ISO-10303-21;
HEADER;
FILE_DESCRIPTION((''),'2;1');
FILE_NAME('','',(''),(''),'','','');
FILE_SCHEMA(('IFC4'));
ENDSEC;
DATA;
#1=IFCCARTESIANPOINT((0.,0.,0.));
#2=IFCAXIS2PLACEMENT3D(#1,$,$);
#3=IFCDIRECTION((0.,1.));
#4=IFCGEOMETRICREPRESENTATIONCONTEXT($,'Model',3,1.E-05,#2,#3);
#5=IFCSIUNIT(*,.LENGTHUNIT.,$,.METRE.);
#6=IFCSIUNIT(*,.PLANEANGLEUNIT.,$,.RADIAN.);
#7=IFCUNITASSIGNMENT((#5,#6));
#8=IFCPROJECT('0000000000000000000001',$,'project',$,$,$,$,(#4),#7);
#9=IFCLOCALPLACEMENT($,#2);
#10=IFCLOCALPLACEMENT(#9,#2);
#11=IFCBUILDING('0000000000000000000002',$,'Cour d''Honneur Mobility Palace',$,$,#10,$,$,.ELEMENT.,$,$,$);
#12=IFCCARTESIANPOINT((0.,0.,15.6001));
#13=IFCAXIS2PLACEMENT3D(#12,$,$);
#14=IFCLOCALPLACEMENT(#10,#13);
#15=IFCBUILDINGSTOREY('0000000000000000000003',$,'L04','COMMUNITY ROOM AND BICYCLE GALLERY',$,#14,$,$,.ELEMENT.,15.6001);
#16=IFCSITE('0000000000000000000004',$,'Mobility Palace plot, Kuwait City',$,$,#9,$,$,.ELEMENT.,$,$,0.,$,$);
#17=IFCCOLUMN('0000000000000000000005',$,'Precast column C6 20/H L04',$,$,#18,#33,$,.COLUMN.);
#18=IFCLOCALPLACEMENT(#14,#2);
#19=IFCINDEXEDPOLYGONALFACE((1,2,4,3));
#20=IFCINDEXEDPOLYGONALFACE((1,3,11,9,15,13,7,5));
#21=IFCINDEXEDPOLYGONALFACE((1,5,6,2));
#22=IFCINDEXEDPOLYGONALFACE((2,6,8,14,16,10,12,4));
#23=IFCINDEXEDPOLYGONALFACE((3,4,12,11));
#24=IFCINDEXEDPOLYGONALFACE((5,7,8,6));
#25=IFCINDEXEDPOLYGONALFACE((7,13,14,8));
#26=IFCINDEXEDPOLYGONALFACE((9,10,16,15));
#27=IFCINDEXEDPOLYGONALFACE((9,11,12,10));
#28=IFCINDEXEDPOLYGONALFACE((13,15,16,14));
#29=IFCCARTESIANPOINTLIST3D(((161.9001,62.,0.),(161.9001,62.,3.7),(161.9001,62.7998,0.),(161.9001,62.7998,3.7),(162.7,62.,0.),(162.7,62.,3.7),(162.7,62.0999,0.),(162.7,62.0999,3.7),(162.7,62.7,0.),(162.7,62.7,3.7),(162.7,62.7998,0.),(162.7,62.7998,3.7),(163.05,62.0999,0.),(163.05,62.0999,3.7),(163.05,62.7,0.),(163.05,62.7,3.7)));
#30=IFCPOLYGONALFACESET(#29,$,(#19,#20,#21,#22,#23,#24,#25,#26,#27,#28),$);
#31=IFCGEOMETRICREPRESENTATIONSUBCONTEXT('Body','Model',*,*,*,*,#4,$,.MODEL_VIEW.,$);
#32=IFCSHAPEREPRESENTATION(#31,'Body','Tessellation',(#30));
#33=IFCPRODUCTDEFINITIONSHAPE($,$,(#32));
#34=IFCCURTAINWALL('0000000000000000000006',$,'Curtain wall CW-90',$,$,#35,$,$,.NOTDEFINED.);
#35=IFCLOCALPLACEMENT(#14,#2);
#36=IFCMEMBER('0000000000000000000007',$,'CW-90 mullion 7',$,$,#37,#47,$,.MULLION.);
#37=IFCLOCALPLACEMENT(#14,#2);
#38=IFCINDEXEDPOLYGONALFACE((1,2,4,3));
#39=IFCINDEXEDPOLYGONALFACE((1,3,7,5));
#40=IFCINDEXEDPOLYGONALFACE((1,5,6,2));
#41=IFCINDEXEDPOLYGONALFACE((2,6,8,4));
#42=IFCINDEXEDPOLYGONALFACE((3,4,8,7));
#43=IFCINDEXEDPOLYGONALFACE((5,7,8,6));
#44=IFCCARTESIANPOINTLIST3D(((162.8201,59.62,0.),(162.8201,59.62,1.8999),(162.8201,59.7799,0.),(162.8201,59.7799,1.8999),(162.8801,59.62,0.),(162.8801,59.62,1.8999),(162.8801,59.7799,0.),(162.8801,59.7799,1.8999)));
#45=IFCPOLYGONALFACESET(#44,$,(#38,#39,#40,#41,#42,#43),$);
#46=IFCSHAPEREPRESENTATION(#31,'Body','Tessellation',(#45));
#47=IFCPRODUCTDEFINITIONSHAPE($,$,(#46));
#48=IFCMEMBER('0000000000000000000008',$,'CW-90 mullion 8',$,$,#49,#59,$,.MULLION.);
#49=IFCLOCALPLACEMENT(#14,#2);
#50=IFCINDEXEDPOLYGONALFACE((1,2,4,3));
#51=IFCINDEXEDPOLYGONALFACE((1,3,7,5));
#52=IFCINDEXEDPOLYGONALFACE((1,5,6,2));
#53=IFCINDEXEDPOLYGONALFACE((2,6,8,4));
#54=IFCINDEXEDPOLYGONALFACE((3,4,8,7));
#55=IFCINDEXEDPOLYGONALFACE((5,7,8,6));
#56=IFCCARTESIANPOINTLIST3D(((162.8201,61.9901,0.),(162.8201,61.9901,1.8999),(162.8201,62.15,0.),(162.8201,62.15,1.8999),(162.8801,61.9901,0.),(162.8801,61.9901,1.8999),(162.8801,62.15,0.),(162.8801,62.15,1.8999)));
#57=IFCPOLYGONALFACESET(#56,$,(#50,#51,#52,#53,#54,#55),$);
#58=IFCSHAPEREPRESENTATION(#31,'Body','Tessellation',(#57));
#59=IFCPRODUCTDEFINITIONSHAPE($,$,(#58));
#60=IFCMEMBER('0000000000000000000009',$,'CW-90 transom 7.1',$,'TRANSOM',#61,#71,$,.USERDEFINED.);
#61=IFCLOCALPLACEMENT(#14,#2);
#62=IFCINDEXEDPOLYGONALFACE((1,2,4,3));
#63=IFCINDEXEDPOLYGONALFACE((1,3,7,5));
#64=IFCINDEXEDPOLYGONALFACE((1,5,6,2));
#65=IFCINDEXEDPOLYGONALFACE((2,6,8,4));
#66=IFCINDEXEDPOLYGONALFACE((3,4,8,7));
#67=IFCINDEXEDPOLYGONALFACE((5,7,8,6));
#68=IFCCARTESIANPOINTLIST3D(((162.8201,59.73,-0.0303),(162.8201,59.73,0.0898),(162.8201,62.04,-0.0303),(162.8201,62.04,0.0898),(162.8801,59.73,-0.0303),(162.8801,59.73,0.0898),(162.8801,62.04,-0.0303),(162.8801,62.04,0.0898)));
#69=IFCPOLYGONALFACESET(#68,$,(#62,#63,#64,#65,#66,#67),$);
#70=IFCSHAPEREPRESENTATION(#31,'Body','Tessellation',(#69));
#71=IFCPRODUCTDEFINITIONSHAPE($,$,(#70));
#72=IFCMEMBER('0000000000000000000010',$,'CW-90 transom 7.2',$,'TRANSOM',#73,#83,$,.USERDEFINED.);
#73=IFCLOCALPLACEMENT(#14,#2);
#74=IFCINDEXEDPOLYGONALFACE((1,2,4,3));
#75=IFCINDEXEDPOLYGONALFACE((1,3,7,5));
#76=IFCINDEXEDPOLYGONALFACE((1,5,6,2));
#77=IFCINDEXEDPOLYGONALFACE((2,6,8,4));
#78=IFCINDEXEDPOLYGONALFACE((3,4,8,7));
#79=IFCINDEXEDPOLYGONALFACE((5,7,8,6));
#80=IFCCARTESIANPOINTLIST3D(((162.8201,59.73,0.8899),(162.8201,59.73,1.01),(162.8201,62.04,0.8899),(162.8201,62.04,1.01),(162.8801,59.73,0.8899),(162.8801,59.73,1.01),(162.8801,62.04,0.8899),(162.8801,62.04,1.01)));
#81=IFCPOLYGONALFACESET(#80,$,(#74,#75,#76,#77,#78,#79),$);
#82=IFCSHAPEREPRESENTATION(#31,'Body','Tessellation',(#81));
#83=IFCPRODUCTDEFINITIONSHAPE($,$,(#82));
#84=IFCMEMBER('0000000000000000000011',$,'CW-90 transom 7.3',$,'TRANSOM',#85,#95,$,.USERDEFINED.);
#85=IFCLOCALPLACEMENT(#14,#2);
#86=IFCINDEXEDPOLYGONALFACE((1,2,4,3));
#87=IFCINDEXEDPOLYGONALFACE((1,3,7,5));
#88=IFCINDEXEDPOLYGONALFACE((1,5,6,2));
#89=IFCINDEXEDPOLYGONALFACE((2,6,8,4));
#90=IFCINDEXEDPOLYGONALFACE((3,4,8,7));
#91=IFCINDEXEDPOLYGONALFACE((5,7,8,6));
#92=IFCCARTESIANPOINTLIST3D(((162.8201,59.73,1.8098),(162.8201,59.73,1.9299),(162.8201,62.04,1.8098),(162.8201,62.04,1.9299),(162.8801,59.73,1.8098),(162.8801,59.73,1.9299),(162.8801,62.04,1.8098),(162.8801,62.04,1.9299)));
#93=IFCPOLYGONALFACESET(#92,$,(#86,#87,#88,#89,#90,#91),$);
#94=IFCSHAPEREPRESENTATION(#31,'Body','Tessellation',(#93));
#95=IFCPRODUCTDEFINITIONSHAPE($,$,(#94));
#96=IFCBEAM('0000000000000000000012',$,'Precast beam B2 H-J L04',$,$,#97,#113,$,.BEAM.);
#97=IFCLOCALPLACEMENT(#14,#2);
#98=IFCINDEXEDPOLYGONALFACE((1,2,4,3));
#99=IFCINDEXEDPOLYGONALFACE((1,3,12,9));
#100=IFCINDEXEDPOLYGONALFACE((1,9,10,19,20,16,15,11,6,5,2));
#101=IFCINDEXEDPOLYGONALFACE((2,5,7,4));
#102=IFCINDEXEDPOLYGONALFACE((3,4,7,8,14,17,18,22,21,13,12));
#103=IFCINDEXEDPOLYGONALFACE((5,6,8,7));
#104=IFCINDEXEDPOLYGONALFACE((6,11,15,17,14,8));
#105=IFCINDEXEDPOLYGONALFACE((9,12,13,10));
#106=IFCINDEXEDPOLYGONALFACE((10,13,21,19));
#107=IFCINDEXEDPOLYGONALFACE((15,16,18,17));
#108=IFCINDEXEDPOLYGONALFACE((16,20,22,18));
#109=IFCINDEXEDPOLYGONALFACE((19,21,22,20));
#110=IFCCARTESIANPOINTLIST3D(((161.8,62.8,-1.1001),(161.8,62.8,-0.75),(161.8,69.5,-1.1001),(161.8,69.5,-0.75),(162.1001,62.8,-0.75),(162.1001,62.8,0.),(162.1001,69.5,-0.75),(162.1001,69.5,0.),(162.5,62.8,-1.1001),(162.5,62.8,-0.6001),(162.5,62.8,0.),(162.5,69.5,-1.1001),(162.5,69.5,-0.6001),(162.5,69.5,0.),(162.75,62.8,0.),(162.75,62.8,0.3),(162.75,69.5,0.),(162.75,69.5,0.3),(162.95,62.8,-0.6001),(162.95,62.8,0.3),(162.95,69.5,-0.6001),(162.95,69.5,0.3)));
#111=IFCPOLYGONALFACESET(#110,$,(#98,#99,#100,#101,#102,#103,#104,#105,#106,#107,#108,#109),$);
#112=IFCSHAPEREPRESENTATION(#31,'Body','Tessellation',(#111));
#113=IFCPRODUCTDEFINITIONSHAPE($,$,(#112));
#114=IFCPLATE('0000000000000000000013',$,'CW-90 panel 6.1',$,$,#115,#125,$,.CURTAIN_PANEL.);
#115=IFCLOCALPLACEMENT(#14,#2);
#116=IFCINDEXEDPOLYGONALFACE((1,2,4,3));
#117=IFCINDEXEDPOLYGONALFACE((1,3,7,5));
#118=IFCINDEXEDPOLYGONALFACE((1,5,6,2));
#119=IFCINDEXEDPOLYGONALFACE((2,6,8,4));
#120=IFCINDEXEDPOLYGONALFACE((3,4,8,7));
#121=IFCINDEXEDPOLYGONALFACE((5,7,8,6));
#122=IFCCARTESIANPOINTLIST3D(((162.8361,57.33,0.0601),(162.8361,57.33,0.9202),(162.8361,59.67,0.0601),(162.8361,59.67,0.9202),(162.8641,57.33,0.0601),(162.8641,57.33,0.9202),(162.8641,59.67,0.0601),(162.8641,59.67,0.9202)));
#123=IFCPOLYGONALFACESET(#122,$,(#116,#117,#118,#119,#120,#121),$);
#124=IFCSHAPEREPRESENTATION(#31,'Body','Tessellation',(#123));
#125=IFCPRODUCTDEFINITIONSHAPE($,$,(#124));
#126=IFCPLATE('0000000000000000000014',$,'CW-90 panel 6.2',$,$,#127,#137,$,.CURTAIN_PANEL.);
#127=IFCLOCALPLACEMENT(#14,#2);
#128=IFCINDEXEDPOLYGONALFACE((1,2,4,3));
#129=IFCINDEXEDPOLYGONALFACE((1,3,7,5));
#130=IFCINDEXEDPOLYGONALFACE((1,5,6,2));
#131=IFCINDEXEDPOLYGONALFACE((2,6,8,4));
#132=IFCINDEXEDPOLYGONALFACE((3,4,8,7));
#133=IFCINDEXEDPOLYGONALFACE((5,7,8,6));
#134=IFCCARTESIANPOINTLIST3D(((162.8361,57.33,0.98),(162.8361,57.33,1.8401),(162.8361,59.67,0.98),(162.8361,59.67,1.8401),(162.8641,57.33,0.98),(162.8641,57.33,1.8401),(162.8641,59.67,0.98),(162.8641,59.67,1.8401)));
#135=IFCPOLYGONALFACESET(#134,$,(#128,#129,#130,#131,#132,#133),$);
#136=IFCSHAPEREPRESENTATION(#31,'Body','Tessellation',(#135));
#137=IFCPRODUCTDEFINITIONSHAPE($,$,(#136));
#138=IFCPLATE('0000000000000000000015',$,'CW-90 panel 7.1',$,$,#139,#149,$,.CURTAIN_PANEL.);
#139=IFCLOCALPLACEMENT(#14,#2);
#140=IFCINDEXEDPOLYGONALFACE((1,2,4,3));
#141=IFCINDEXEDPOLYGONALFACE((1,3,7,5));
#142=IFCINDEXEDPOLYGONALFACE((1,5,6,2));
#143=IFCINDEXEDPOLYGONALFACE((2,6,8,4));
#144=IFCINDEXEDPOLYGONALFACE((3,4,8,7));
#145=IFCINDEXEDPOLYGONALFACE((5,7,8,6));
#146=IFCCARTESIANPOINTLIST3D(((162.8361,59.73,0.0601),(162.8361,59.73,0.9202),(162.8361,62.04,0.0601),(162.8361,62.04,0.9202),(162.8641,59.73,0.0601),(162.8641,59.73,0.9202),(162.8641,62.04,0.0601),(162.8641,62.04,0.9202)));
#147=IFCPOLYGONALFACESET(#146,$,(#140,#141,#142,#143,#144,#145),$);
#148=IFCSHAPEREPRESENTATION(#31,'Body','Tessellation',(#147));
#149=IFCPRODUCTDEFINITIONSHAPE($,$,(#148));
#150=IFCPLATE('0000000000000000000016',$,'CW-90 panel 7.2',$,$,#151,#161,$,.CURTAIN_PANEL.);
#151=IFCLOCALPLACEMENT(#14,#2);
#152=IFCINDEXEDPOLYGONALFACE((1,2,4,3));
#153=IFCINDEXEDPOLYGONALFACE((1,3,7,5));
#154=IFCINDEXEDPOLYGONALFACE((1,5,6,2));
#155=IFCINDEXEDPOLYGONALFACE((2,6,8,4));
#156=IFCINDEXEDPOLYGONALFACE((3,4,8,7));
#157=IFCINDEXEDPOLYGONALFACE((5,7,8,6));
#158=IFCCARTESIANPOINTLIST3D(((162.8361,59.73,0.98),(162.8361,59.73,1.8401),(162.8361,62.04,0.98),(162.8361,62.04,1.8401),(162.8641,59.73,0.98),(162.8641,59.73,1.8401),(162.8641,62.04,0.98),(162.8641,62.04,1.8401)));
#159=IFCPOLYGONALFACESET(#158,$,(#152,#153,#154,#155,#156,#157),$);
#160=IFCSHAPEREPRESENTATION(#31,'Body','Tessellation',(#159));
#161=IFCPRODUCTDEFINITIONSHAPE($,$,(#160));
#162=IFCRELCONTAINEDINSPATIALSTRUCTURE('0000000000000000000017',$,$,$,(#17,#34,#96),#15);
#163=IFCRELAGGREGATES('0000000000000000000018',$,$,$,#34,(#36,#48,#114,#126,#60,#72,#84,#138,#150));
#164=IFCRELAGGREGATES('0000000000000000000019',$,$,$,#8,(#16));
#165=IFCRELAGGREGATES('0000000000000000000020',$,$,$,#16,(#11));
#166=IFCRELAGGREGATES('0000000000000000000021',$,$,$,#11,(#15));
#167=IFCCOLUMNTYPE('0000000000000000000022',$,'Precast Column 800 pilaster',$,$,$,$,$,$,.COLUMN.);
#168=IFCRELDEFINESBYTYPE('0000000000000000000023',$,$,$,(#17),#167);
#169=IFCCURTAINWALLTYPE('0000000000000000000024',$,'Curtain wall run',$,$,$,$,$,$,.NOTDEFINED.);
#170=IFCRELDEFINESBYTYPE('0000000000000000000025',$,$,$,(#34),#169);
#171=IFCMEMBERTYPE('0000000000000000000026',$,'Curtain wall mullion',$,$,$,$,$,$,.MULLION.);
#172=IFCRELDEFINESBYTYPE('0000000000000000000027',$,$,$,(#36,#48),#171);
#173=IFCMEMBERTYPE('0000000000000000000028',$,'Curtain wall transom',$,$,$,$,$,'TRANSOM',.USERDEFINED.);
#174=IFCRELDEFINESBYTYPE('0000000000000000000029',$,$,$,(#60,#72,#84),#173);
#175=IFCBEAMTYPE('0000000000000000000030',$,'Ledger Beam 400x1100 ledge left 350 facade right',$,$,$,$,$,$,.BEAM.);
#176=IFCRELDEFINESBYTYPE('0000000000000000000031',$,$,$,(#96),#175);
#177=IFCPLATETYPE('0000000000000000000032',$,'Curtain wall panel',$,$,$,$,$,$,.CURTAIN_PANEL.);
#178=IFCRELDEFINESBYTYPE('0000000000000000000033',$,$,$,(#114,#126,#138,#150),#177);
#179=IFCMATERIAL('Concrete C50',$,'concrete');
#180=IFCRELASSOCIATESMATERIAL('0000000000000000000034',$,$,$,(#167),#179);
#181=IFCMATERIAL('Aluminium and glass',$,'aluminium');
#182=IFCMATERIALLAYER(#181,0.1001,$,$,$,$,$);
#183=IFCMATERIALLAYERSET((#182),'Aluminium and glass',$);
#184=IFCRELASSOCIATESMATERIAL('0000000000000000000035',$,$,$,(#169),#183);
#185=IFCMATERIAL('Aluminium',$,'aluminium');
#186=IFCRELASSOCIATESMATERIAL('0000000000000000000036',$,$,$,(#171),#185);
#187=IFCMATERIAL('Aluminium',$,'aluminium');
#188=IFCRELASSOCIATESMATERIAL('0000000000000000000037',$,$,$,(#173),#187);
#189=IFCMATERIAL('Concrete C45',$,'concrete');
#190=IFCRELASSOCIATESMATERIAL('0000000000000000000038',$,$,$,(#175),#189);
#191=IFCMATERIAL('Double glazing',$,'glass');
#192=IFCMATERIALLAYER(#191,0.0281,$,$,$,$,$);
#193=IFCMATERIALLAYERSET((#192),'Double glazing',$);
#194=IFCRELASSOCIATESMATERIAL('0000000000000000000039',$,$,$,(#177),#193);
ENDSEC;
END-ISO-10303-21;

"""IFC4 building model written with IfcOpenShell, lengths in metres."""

from ifc_helpers import new_model, si_unit, direction, frame, origin, origin_2d, place, context, subcontext, project, spatial, polyline, rectangle, outline, extrude, material, layer, layer_set, material_profile, profile_set, type_object, element, aggregate, save


model = new_model("IFC4")

# Units and contexts
model_context = context("Model", 3, precision=1e-05, world=origin(), true_north=direction((0.0, 1.0)))
body_context = subcontext(model_context, "Body", "Model", "MODEL_VIEW")
ifc_project = project(units=[si_unit("LENGTHUNIT", "METRE"), si_unit("PLANEANGLEUNIT", "RADIAN")], contexts=[model_context])

# Site, building, storey
site_placement = place(None, origin())
site = spatial("IfcSite", under=ifc_project, at=site_placement, Name="Mobility Palace plot, Kuwait City", CompositionType="ELEMENT", RefElevation=0.0)
building_placement = place(site_placement, origin())
building = spatial("IfcBuilding", under=site, at=building_placement, Name="Cour d'Honneur Mobility Palace", CompositionType="ELEMENT")
storey_placement = place(building_placement, frame((0.0, 0.0, 15.6001)))
storey = spatial("IfcBuildingStorey", under=building, at=storey_placement, Name="L04", Description="COMMUNITY ROOM AND BICYCLE GALLERY", CompositionType="ELEMENT", Elevation=15.6001)

# Column
ifc_material_1 = material(Name="Concrete C50", Category="concrete")
ifc_material_profile_1 = material_profile(ifc_material_1, outline(polyline([(-0.3999, -0.3999), (0.3999, -0.3999), (0.3999, -0.3), (0.75, -0.3), (0.75, 0.3), (0.3999, 0.3), (0.3999, 0.3999), (-0.3999, 0.3999), (-0.3999, -0.3999)])), Name="PC C800 pilaster")
ifc_profile_set_1 = profile_set([ifc_material_profile_1], Name="Concrete C50")
column_type = type_object("IfcColumnType", Name="Precast Column 800 pilaster", PredefinedType="COLUMN", material=ifc_profile_set_1)
column_placement = place(storey_placement, frame((162.3, 62.3999, 0.0), z_axis=(0.0, 0.0, 1.0), x_axis=(1.0, 0.0, 0.0)))
element("IfcColumn", 1, at=column_placement, inside=storey, type_object=column_type, Name="Precast column C6 20/H L04", PredefinedType="COLUMN", context=body_context, shape_type="SweptSolid", body=[
    extrude(outline(polyline([(-0.3999, -0.3999), (0.3999, -0.3999), (0.3999, -0.3), (0.75, -0.3), (0.75, 0.3), (0.3999, 0.3), (0.3999, 0.3999), (-0.3999, 0.3999), (-0.3999, -0.3999)])), origin(), (0.0, 0.0, 1.0), 3.7),
])

# Curtain wall, members
ifc_material_2 = material(Name="Aluminium and glass", Category="aluminium")
ifc_layer_1 = layer(ifc_material_2, 0.1001)
ifc_layer_set_1 = layer_set([ifc_layer_1], Name="Aluminium and glass")
curtain_wall_type = type_object("IfcCurtainWallType", Name="Curtain wall run", PredefinedType="NOTDEFINED", material=ifc_layer_set_1)
curtain_wall_placement = place(storey_placement, origin())
curtain_wall = element("IfcCurtainWall", 2, at=curtain_wall_placement, inside=storey, type_object=curtain_wall_type, Name="Curtain wall CW-90", PredefinedType="NOTDEFINED")
ifc_material_3 = material(Name="Aluminium", Category="aluminium")
ifc_material_profile_2 = material_profile(ifc_material_3, rectangle(XDim=0.0601, YDim=0.1599, at=origin_2d()), Name="Curtain wall mullion")
ifc_profile_set_2 = profile_set([ifc_material_profile_2], Name="Aluminium")
member_type_1 = type_object("IfcMemberType", Name="Curtain wall mullion", PredefinedType="MULLION", material=ifc_profile_set_2)
member_1_placement = place(storey_placement, frame((162.8501, 59.7, 0.0), z_axis=(0.0, 0.0, 1.0), x_axis=(-1.0, 0.0, 0.0)))
member_1 = element("IfcMember", 3, at=member_1_placement, type_object=member_type_1, Name="CW-90 mullion 7", PredefinedType="MULLION", context=body_context, shape_type="SweptSolid", body=[
    extrude(rectangle(XDim=0.0601, YDim=0.1599, at=origin_2d()), origin(), (0.0, 0.0, 1.0), 1.8999),
])
member_2_placement = place(storey_placement, frame((162.8501, 62.0701, 0.0), z_axis=(0.0, 0.0, 1.0), x_axis=(-1.0, 0.0, 0.0)))
member_2 = element("IfcMember", 4, at=member_2_placement, type_object=member_type_1, Name="CW-90 mullion 8", PredefinedType="MULLION", context=body_context, shape_type="SweptSolid", body=[
    extrude(rectangle(XDim=0.0601, YDim=0.1599, at=origin_2d()), origin(), (0.0, 0.0, 1.0), 1.8999),
])
ifc_material_4 = material(Name="Aluminium", Category="aluminium")
ifc_material_profile_3 = material_profile(ifc_material_4, rectangle(XDim=0.0601, YDim=0.1201, at=origin_2d()), Name="Curtain wall transom")
ifc_profile_set_3 = profile_set([ifc_material_profile_3], Name="Aluminium")
member_type_2 = type_object("IfcMemberType", Name="Curtain wall transom", ElementType="TRANSOM", PredefinedType="USERDEFINED", material=ifc_profile_set_3)
member_3_placement = place(storey_placement, frame((162.8501, 59.73, 0.0298), z_axis=(0.0, 1.0, 0.0), x_axis=(-1.0, 0.0, 0.0)))
member_3 = element("IfcMember", 5, at=member_3_placement, type_object=member_type_2, Name="CW-90 transom 7.1", ObjectType="TRANSOM", PredefinedType="USERDEFINED", context=body_context, shape_type="SweptSolid", body=[
    extrude(rectangle(XDim=0.0601, YDim=0.1201, at=origin_2d()), origin(), (0.0, 0.0, 1.0), 2.3101),
])
member_4_placement = place(storey_placement, frame((162.8501, 59.73, 0.95), z_axis=(0.0, 1.0, 0.0), x_axis=(-1.0, 0.0, 0.0)))
member_4 = element("IfcMember", 6, at=member_4_placement, type_object=member_type_2, Name="CW-90 transom 7.2", ObjectType="TRANSOM", PredefinedType="USERDEFINED", context=body_context, shape_type="SweptSolid", body=[
    extrude(rectangle(XDim=0.0601, YDim=0.1201, at=origin_2d()), origin(), (0.0, 0.0, 1.0), 2.3101),
])
member_5_placement = place(storey_placement, frame((162.8501, 59.73, 1.8699), z_axis=(0.0, 1.0, 0.0), x_axis=(-1.0, 0.0, 0.0)))
member_5 = element("IfcMember", 7, at=member_5_placement, type_object=member_type_2, Name="CW-90 transom 7.3", ObjectType="TRANSOM", PredefinedType="USERDEFINED", context=body_context, shape_type="SweptSolid", body=[
    extrude(rectangle(XDim=0.0601, YDim=0.1201, at=origin_2d()), origin(), (0.0, 0.0, 1.0), 2.3101),
])

# Beam
ifc_material_5 = material(Name="Concrete C45", Category="concrete")
ifc_material_profile_4 = material_profile(ifc_material_5, outline(polyline([(0.5, -1.1001), (0.5, -0.75), (0.2, -0.75), (0.2, 0.0), (-0.2, 0.0), (-0.45, 0.0), (-0.45, 0.3), (-0.6499, 0.3), (-0.6499, -0.6001), (-0.2, -0.6001), (-0.2, -1.1001), (0.5, -1.1001)])), Name="Ledger Beam 400x1100 ledge left 350 facade right")
ifc_profile_set_4 = profile_set([ifc_material_profile_4], Name="Concrete C45")
beam_type = type_object("IfcBeamType", Name="Ledger Beam 400x1100 ledge left 350 facade right", PredefinedType="BEAM", material=ifc_profile_set_4)
beam_placement = place(storey_placement, frame((162.3, 62.8, 0.0), z_axis=(0.0, 1.0, 0.0), x_axis=(-1.0, 0.0, 0.0)))
element("IfcBeam", 8, at=beam_placement, inside=storey, type_object=beam_type, Name="Precast beam B2 H-J L04", PredefinedType="BEAM", context=body_context, shape_type="SweptSolid", body=[
    extrude(outline(polyline([(0.5, -1.1001), (0.5, -0.75), (0.2, -0.75), (0.2, 0.0), (-0.2, 0.0), (-0.45, 0.0), (-0.45, 0.3), (-0.6499, 0.3), (-0.6499, -0.6001), (-0.2, -0.6001), (-0.2, -1.1001), (0.5, -1.1001)])), origin(), (0.0, 0.0, 1.0), 6.7),
])

# Plates
ifc_material_6 = material(Name="Double glazing", Category="glass")
ifc_layer_2 = layer(ifc_material_6, 0.0281)
ifc_layer_set_2 = layer_set([ifc_layer_2], Name="Double glazing")
plate_type = type_object("IfcPlateType", Name="Curtain wall panel", PredefinedType="CURTAIN_PANEL", material=ifc_layer_set_2)
plate_1_placement = place(storey_placement, frame((162.8501, 58.5, 0.0601), z_axis=(0.0, 0.0, 1.0), x_axis=(0.0, 1.0, 0.0)))
plate_1 = element("IfcPlate", 9, at=plate_1_placement, type_object=plate_type, Name="CW-90 panel 6.1", PredefinedType="CURTAIN_PANEL", context=body_context, shape_type="SweptSolid", body=[
    extrude(rectangle(XDim=2.3401, YDim=0.0281, at=origin_2d()), origin(), (0.0, 0.0, 1.0), 0.8601),
])
plate_2_placement = place(storey_placement, frame((162.8501, 58.5, 0.98), z_axis=(0.0, 0.0, 1.0), x_axis=(0.0, 1.0, 0.0)))
plate_2 = element("IfcPlate", 10, at=plate_2_placement, type_object=plate_type, Name="CW-90 panel 6.2", PredefinedType="CURTAIN_PANEL", context=body_context, shape_type="SweptSolid", body=[
    extrude(rectangle(XDim=2.3401, YDim=0.0281, at=origin_2d()), origin(), (0.0, 0.0, 1.0), 0.8601),
])
plate_3_placement = place(storey_placement, frame((162.8501, 60.885, 0.0601), z_axis=(0.0, 0.0, 1.0), x_axis=(0.0, 1.0, 0.0)))
plate_3 = element("IfcPlate", 11, at=plate_3_placement, type_object=plate_type, Name="CW-90 panel 7.1", PredefinedType="CURTAIN_PANEL", context=body_context, shape_type="SweptSolid", body=[
    extrude(rectangle(XDim=2.3101, YDim=0.0281, at=origin_2d()), origin(), (0.0, 0.0, 1.0), 0.8601),
])
plate_4_placement = place(storey_placement, frame((162.8501, 60.885, 0.98), z_axis=(0.0, 0.0, 1.0), x_axis=(0.0, 1.0, 0.0)))
plate_4 = element("IfcPlate", 12, at=plate_4_placement, type_object=plate_type, Name="CW-90 panel 7.2", PredefinedType="CURTAIN_PANEL", context=body_context, shape_type="SweptSolid", body=[
    extrude(rectangle(XDim=2.3101, YDim=0.0281, at=origin_2d()), origin(), (0.0, 0.0, 1.0), 0.8601),
])
aggregate(curtain_wall, [member_1, member_2, plate_1, plate_2, member_3, member_4, member_5, plate_3, plate_4])

save(model, "model.ifc")
